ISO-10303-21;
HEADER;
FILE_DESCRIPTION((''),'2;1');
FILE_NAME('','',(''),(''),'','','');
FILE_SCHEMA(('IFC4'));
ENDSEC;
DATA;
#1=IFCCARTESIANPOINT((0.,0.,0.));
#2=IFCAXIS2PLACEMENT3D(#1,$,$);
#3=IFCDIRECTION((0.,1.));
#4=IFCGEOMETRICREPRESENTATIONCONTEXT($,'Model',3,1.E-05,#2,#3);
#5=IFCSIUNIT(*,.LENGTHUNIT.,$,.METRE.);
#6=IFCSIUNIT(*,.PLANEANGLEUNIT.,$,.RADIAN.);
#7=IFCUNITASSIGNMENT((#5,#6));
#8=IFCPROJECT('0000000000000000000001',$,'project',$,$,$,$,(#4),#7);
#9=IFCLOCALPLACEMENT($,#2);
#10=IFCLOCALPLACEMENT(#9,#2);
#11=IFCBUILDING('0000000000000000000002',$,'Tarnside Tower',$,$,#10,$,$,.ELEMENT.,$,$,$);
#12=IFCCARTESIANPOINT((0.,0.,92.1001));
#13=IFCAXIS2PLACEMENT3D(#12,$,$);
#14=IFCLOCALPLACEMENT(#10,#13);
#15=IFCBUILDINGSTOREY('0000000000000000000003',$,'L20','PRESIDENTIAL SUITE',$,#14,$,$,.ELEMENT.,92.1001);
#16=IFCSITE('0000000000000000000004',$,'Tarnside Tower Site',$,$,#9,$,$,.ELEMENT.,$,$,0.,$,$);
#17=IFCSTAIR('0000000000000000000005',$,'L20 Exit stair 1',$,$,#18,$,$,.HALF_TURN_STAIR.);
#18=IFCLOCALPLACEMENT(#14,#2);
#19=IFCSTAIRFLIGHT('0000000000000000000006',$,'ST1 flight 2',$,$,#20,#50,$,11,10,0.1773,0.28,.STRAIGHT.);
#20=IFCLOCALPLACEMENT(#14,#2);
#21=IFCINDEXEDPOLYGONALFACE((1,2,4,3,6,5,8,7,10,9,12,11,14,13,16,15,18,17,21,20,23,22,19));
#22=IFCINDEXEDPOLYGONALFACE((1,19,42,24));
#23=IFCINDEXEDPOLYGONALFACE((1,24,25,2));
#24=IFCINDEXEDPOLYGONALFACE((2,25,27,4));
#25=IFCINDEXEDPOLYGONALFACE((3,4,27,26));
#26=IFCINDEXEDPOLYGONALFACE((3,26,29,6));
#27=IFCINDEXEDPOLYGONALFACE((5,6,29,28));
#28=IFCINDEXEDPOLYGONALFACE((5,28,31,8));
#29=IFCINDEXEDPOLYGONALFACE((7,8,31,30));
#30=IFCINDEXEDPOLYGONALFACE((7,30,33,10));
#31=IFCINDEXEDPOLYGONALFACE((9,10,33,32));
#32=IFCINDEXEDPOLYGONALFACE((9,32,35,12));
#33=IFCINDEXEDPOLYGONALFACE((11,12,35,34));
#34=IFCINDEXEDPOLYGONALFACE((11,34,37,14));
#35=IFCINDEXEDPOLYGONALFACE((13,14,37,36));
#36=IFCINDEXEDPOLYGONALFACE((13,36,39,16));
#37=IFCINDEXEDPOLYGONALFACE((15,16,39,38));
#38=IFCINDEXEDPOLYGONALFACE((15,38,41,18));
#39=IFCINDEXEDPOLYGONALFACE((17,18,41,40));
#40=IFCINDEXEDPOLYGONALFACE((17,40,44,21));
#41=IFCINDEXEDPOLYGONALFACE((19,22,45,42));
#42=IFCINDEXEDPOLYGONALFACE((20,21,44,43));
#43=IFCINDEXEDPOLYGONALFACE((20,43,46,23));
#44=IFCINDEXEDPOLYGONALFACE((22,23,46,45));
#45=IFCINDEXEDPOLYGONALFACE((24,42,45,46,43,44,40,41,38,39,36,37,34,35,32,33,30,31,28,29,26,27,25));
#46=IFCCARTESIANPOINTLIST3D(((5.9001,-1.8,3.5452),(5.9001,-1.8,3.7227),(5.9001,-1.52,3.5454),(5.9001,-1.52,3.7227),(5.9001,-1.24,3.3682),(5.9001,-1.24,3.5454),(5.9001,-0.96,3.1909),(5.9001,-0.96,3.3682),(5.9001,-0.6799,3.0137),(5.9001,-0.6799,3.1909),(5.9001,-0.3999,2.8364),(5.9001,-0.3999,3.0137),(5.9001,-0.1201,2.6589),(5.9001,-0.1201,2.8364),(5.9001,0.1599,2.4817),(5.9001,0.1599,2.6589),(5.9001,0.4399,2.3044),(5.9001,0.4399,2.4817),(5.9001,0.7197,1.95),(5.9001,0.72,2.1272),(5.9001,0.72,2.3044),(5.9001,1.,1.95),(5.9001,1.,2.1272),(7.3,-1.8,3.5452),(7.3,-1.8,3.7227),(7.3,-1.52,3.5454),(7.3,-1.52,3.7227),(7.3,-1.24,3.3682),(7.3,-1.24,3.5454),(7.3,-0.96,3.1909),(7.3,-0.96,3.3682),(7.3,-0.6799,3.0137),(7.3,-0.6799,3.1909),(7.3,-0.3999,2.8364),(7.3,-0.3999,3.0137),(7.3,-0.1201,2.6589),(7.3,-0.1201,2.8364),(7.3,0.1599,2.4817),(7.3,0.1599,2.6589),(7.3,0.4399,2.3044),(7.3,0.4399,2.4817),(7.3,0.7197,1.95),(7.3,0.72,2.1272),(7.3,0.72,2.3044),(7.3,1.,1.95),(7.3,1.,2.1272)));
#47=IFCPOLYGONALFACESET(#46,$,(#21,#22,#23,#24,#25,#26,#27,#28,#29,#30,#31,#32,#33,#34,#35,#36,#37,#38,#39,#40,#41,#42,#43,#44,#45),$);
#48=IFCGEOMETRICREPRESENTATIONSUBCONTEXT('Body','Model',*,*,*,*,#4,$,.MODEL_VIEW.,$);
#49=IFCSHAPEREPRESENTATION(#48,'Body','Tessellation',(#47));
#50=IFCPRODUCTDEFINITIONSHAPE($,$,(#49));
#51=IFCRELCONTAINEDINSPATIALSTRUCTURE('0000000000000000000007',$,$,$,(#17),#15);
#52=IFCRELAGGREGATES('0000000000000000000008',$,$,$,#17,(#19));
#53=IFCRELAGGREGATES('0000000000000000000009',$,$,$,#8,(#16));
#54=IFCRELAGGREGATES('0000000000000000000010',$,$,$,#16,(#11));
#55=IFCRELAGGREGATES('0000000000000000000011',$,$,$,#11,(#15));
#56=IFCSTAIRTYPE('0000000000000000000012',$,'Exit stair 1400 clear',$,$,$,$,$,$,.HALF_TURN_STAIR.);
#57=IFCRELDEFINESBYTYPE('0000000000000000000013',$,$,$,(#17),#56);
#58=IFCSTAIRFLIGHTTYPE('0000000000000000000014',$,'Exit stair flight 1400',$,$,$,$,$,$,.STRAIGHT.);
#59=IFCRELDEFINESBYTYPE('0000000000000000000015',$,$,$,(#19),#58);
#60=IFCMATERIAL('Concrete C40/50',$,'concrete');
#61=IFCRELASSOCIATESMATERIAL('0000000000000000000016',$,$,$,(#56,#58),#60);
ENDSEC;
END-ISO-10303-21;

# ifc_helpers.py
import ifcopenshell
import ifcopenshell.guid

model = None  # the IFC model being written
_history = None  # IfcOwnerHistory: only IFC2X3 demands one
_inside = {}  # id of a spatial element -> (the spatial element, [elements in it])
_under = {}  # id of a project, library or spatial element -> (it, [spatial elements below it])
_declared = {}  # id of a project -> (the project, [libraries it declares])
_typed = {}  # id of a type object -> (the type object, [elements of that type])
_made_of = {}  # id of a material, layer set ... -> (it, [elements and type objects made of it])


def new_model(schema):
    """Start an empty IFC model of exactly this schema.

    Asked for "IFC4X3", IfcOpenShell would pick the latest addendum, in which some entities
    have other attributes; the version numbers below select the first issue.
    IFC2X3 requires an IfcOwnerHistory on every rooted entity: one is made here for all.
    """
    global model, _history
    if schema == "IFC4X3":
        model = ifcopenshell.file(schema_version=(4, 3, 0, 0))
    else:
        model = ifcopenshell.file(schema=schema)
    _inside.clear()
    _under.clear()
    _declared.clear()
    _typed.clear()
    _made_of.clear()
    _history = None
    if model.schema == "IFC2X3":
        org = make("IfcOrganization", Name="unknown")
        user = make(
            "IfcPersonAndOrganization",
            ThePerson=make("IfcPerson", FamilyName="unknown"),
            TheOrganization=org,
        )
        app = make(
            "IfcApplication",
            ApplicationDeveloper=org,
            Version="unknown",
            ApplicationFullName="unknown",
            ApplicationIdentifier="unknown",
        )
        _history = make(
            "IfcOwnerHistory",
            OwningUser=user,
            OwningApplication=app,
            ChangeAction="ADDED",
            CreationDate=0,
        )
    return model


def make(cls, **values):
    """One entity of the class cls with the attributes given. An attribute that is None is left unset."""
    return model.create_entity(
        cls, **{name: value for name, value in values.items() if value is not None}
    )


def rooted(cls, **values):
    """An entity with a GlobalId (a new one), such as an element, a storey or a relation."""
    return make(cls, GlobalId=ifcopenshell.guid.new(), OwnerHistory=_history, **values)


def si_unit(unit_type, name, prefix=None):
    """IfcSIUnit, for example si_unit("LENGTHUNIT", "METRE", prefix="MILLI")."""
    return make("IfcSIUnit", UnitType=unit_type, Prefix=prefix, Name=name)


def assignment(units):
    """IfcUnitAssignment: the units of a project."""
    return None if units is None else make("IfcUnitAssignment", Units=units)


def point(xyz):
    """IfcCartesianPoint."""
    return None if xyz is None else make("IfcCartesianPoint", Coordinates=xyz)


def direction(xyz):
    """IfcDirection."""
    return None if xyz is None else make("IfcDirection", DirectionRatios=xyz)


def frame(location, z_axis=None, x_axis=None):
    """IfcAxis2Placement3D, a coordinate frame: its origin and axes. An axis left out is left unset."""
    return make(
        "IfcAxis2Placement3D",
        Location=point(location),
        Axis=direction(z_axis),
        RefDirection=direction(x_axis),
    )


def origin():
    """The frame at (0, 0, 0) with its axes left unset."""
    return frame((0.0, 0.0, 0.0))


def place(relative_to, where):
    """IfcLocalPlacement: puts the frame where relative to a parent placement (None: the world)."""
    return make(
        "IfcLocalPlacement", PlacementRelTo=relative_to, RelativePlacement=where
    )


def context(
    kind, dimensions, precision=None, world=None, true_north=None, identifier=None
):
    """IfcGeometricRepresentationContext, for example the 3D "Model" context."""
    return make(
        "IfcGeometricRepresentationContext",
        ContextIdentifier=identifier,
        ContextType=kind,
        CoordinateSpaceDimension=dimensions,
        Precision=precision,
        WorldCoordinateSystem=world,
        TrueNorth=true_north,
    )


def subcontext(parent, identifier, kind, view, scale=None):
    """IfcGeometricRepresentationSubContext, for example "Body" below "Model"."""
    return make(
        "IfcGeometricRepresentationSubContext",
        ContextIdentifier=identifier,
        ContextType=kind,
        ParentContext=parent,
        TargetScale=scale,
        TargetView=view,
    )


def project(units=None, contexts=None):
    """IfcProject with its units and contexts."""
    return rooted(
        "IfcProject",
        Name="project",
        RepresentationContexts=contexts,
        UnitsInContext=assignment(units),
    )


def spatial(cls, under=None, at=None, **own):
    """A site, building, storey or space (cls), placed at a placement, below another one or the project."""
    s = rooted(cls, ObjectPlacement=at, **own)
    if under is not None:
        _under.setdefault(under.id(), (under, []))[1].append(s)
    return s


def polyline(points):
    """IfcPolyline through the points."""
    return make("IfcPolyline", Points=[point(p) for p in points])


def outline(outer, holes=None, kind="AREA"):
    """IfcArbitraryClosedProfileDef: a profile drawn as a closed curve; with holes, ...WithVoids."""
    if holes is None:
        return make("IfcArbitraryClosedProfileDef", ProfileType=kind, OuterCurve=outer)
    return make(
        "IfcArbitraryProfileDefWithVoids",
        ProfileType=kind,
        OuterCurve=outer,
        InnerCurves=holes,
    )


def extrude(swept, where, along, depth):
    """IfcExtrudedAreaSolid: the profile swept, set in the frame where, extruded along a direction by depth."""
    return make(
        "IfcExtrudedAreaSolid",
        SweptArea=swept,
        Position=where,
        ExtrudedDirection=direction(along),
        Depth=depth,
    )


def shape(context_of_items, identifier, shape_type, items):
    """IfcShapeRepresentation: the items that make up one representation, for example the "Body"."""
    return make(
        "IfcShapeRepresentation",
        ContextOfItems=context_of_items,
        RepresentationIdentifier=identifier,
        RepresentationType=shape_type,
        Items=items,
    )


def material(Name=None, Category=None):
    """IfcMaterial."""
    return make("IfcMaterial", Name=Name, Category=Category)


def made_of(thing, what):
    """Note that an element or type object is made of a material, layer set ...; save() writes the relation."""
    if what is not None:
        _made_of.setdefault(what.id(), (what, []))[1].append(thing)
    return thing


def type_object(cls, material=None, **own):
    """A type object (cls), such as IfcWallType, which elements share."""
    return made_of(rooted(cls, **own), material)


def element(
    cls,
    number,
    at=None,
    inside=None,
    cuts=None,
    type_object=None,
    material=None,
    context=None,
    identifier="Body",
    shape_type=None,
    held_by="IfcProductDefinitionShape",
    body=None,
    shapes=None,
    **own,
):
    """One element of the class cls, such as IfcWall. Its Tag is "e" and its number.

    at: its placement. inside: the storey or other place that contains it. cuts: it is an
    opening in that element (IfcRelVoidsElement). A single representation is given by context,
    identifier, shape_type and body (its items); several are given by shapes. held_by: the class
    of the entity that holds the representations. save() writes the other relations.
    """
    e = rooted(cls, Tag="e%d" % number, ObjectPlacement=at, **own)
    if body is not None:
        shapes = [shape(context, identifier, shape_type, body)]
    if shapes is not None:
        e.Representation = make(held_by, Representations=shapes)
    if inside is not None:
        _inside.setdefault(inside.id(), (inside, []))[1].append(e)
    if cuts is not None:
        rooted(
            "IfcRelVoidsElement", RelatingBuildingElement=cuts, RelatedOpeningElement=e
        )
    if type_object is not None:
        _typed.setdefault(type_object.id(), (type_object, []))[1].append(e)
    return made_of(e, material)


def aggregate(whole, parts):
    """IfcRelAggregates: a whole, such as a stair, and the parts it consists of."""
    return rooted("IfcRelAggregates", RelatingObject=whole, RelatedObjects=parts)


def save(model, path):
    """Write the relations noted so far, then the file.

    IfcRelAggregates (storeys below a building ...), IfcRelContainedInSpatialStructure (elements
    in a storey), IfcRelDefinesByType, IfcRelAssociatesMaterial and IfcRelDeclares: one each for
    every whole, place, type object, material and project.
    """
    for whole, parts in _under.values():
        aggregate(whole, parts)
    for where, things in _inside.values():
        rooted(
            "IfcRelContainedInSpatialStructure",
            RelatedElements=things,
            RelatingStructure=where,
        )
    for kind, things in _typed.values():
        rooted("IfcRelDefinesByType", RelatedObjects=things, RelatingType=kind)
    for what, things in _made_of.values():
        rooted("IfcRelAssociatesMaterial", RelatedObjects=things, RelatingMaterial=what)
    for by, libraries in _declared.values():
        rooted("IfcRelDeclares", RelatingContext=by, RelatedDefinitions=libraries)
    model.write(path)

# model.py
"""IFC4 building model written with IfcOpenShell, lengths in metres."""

from ifc_helpers import new_model, si_unit, direction, frame, origin, place, context, subcontext, project, spatial, polyline, outline, extrude, material, type_object, element, aggregate, save


model = new_model("IFC4")

# Units and contexts
model_context = context("Model", 3, precision=1e-05, world=origin(), true_north=direction((0.0, 1.0)))
body_context = subcontext(model_context, "Body", "Model", "MODEL_VIEW")
ifc_project = project(units=[si_unit("LENGTHUNIT", "METRE"), si_unit("PLANEANGLEUNIT", "RADIAN")], contexts=[model_context])

# Site, building, storey
site_placement = place(None, origin())
site = spatial("IfcSite", under=ifc_project, at=site_placement, Name="Tarnside Tower Site", CompositionType="ELEMENT", RefElevation=0.0)
building_placement = place(site_placement, origin())
building = spatial("IfcBuilding", under=site, at=building_placement, Name="Tarnside Tower", CompositionType="ELEMENT")
storey_placement = place(building_placement, frame((0.0, 0.0, 92.1001)))
storey = spatial("IfcBuildingStorey", under=building, at=storey_placement, Name="L20", Description="PRESIDENTIAL SUITE", CompositionType="ELEMENT", Elevation=92.1001)

# Shared definitions
ifc_material_1 = material(Name="Concrete C40/50", Category="concrete")

# Stair, stair flight
stair_type = type_object("IfcStairType", Name="Exit stair 1400 clear", PredefinedType="HALF_TURN_STAIR", material=ifc_material_1)
stair_placement = place(storey_placement, origin())
stair = element("IfcStair", 1, at=stair_placement, inside=storey, type_object=stair_type, Name="L20 Exit stair 1", PredefinedType="HALF_TURN_STAIR")
stair_flight_type = type_object("IfcStairFlightType", Name="Exit stair flight 1400", PredefinedType="STRAIGHT", material=ifc_material_1)
stair_flight_placement = place(storey_placement, frame((6.6001, 1.0, 1.95), z_axis=(0.0, 0.0, 1.0), x_axis=(0.0, -1.0, 0.0)))
stair_flight = element("IfcStairFlight", 2, at=stair_flight_placement, type_object=stair_flight_type, Name="ST1 flight 2", NumberOfRisers=11, NumberOfTreads=10, PredefinedType="STRAIGHT", RiserHeight=0.1773, TreadLength=0.28, context=body_context, shape_type="SweptSolid", body=[
    extrude(outline(polyline([(0.0, 0.0), (0.0, 0.1772), (0.28, 0.1772), (0.28, 0.3545), (0.5601, 0.3545), (0.5601, 0.5317), (0.8401, 0.5317), (0.8401, 0.709), (1.1201, 0.709), (1.1201, 0.8865), (1.3999, 0.8865), (1.3999, 1.0637), (1.6799, 1.0637), (1.6799, 1.241), (1.96, 1.241), (1.96, 1.4182), (2.24, 1.4182), (2.24, 1.5955), (2.52, 1.5955), (2.52, 1.7727), (2.8, 1.7727), (2.8, 1.95), (2.8, 1.5952), (0.2803, 0.0), (0.0, 0.0)])), frame((0.0, 0.7, 0.0), z_axis=(0.0, -1.0, 0.0), x_axis=(1.0, 0.0, 0.0)), (0.0, 0.0, 1.0), 1.3999),
])
aggregate(stair, [stair_flight])

save(model, "model.ifc")
